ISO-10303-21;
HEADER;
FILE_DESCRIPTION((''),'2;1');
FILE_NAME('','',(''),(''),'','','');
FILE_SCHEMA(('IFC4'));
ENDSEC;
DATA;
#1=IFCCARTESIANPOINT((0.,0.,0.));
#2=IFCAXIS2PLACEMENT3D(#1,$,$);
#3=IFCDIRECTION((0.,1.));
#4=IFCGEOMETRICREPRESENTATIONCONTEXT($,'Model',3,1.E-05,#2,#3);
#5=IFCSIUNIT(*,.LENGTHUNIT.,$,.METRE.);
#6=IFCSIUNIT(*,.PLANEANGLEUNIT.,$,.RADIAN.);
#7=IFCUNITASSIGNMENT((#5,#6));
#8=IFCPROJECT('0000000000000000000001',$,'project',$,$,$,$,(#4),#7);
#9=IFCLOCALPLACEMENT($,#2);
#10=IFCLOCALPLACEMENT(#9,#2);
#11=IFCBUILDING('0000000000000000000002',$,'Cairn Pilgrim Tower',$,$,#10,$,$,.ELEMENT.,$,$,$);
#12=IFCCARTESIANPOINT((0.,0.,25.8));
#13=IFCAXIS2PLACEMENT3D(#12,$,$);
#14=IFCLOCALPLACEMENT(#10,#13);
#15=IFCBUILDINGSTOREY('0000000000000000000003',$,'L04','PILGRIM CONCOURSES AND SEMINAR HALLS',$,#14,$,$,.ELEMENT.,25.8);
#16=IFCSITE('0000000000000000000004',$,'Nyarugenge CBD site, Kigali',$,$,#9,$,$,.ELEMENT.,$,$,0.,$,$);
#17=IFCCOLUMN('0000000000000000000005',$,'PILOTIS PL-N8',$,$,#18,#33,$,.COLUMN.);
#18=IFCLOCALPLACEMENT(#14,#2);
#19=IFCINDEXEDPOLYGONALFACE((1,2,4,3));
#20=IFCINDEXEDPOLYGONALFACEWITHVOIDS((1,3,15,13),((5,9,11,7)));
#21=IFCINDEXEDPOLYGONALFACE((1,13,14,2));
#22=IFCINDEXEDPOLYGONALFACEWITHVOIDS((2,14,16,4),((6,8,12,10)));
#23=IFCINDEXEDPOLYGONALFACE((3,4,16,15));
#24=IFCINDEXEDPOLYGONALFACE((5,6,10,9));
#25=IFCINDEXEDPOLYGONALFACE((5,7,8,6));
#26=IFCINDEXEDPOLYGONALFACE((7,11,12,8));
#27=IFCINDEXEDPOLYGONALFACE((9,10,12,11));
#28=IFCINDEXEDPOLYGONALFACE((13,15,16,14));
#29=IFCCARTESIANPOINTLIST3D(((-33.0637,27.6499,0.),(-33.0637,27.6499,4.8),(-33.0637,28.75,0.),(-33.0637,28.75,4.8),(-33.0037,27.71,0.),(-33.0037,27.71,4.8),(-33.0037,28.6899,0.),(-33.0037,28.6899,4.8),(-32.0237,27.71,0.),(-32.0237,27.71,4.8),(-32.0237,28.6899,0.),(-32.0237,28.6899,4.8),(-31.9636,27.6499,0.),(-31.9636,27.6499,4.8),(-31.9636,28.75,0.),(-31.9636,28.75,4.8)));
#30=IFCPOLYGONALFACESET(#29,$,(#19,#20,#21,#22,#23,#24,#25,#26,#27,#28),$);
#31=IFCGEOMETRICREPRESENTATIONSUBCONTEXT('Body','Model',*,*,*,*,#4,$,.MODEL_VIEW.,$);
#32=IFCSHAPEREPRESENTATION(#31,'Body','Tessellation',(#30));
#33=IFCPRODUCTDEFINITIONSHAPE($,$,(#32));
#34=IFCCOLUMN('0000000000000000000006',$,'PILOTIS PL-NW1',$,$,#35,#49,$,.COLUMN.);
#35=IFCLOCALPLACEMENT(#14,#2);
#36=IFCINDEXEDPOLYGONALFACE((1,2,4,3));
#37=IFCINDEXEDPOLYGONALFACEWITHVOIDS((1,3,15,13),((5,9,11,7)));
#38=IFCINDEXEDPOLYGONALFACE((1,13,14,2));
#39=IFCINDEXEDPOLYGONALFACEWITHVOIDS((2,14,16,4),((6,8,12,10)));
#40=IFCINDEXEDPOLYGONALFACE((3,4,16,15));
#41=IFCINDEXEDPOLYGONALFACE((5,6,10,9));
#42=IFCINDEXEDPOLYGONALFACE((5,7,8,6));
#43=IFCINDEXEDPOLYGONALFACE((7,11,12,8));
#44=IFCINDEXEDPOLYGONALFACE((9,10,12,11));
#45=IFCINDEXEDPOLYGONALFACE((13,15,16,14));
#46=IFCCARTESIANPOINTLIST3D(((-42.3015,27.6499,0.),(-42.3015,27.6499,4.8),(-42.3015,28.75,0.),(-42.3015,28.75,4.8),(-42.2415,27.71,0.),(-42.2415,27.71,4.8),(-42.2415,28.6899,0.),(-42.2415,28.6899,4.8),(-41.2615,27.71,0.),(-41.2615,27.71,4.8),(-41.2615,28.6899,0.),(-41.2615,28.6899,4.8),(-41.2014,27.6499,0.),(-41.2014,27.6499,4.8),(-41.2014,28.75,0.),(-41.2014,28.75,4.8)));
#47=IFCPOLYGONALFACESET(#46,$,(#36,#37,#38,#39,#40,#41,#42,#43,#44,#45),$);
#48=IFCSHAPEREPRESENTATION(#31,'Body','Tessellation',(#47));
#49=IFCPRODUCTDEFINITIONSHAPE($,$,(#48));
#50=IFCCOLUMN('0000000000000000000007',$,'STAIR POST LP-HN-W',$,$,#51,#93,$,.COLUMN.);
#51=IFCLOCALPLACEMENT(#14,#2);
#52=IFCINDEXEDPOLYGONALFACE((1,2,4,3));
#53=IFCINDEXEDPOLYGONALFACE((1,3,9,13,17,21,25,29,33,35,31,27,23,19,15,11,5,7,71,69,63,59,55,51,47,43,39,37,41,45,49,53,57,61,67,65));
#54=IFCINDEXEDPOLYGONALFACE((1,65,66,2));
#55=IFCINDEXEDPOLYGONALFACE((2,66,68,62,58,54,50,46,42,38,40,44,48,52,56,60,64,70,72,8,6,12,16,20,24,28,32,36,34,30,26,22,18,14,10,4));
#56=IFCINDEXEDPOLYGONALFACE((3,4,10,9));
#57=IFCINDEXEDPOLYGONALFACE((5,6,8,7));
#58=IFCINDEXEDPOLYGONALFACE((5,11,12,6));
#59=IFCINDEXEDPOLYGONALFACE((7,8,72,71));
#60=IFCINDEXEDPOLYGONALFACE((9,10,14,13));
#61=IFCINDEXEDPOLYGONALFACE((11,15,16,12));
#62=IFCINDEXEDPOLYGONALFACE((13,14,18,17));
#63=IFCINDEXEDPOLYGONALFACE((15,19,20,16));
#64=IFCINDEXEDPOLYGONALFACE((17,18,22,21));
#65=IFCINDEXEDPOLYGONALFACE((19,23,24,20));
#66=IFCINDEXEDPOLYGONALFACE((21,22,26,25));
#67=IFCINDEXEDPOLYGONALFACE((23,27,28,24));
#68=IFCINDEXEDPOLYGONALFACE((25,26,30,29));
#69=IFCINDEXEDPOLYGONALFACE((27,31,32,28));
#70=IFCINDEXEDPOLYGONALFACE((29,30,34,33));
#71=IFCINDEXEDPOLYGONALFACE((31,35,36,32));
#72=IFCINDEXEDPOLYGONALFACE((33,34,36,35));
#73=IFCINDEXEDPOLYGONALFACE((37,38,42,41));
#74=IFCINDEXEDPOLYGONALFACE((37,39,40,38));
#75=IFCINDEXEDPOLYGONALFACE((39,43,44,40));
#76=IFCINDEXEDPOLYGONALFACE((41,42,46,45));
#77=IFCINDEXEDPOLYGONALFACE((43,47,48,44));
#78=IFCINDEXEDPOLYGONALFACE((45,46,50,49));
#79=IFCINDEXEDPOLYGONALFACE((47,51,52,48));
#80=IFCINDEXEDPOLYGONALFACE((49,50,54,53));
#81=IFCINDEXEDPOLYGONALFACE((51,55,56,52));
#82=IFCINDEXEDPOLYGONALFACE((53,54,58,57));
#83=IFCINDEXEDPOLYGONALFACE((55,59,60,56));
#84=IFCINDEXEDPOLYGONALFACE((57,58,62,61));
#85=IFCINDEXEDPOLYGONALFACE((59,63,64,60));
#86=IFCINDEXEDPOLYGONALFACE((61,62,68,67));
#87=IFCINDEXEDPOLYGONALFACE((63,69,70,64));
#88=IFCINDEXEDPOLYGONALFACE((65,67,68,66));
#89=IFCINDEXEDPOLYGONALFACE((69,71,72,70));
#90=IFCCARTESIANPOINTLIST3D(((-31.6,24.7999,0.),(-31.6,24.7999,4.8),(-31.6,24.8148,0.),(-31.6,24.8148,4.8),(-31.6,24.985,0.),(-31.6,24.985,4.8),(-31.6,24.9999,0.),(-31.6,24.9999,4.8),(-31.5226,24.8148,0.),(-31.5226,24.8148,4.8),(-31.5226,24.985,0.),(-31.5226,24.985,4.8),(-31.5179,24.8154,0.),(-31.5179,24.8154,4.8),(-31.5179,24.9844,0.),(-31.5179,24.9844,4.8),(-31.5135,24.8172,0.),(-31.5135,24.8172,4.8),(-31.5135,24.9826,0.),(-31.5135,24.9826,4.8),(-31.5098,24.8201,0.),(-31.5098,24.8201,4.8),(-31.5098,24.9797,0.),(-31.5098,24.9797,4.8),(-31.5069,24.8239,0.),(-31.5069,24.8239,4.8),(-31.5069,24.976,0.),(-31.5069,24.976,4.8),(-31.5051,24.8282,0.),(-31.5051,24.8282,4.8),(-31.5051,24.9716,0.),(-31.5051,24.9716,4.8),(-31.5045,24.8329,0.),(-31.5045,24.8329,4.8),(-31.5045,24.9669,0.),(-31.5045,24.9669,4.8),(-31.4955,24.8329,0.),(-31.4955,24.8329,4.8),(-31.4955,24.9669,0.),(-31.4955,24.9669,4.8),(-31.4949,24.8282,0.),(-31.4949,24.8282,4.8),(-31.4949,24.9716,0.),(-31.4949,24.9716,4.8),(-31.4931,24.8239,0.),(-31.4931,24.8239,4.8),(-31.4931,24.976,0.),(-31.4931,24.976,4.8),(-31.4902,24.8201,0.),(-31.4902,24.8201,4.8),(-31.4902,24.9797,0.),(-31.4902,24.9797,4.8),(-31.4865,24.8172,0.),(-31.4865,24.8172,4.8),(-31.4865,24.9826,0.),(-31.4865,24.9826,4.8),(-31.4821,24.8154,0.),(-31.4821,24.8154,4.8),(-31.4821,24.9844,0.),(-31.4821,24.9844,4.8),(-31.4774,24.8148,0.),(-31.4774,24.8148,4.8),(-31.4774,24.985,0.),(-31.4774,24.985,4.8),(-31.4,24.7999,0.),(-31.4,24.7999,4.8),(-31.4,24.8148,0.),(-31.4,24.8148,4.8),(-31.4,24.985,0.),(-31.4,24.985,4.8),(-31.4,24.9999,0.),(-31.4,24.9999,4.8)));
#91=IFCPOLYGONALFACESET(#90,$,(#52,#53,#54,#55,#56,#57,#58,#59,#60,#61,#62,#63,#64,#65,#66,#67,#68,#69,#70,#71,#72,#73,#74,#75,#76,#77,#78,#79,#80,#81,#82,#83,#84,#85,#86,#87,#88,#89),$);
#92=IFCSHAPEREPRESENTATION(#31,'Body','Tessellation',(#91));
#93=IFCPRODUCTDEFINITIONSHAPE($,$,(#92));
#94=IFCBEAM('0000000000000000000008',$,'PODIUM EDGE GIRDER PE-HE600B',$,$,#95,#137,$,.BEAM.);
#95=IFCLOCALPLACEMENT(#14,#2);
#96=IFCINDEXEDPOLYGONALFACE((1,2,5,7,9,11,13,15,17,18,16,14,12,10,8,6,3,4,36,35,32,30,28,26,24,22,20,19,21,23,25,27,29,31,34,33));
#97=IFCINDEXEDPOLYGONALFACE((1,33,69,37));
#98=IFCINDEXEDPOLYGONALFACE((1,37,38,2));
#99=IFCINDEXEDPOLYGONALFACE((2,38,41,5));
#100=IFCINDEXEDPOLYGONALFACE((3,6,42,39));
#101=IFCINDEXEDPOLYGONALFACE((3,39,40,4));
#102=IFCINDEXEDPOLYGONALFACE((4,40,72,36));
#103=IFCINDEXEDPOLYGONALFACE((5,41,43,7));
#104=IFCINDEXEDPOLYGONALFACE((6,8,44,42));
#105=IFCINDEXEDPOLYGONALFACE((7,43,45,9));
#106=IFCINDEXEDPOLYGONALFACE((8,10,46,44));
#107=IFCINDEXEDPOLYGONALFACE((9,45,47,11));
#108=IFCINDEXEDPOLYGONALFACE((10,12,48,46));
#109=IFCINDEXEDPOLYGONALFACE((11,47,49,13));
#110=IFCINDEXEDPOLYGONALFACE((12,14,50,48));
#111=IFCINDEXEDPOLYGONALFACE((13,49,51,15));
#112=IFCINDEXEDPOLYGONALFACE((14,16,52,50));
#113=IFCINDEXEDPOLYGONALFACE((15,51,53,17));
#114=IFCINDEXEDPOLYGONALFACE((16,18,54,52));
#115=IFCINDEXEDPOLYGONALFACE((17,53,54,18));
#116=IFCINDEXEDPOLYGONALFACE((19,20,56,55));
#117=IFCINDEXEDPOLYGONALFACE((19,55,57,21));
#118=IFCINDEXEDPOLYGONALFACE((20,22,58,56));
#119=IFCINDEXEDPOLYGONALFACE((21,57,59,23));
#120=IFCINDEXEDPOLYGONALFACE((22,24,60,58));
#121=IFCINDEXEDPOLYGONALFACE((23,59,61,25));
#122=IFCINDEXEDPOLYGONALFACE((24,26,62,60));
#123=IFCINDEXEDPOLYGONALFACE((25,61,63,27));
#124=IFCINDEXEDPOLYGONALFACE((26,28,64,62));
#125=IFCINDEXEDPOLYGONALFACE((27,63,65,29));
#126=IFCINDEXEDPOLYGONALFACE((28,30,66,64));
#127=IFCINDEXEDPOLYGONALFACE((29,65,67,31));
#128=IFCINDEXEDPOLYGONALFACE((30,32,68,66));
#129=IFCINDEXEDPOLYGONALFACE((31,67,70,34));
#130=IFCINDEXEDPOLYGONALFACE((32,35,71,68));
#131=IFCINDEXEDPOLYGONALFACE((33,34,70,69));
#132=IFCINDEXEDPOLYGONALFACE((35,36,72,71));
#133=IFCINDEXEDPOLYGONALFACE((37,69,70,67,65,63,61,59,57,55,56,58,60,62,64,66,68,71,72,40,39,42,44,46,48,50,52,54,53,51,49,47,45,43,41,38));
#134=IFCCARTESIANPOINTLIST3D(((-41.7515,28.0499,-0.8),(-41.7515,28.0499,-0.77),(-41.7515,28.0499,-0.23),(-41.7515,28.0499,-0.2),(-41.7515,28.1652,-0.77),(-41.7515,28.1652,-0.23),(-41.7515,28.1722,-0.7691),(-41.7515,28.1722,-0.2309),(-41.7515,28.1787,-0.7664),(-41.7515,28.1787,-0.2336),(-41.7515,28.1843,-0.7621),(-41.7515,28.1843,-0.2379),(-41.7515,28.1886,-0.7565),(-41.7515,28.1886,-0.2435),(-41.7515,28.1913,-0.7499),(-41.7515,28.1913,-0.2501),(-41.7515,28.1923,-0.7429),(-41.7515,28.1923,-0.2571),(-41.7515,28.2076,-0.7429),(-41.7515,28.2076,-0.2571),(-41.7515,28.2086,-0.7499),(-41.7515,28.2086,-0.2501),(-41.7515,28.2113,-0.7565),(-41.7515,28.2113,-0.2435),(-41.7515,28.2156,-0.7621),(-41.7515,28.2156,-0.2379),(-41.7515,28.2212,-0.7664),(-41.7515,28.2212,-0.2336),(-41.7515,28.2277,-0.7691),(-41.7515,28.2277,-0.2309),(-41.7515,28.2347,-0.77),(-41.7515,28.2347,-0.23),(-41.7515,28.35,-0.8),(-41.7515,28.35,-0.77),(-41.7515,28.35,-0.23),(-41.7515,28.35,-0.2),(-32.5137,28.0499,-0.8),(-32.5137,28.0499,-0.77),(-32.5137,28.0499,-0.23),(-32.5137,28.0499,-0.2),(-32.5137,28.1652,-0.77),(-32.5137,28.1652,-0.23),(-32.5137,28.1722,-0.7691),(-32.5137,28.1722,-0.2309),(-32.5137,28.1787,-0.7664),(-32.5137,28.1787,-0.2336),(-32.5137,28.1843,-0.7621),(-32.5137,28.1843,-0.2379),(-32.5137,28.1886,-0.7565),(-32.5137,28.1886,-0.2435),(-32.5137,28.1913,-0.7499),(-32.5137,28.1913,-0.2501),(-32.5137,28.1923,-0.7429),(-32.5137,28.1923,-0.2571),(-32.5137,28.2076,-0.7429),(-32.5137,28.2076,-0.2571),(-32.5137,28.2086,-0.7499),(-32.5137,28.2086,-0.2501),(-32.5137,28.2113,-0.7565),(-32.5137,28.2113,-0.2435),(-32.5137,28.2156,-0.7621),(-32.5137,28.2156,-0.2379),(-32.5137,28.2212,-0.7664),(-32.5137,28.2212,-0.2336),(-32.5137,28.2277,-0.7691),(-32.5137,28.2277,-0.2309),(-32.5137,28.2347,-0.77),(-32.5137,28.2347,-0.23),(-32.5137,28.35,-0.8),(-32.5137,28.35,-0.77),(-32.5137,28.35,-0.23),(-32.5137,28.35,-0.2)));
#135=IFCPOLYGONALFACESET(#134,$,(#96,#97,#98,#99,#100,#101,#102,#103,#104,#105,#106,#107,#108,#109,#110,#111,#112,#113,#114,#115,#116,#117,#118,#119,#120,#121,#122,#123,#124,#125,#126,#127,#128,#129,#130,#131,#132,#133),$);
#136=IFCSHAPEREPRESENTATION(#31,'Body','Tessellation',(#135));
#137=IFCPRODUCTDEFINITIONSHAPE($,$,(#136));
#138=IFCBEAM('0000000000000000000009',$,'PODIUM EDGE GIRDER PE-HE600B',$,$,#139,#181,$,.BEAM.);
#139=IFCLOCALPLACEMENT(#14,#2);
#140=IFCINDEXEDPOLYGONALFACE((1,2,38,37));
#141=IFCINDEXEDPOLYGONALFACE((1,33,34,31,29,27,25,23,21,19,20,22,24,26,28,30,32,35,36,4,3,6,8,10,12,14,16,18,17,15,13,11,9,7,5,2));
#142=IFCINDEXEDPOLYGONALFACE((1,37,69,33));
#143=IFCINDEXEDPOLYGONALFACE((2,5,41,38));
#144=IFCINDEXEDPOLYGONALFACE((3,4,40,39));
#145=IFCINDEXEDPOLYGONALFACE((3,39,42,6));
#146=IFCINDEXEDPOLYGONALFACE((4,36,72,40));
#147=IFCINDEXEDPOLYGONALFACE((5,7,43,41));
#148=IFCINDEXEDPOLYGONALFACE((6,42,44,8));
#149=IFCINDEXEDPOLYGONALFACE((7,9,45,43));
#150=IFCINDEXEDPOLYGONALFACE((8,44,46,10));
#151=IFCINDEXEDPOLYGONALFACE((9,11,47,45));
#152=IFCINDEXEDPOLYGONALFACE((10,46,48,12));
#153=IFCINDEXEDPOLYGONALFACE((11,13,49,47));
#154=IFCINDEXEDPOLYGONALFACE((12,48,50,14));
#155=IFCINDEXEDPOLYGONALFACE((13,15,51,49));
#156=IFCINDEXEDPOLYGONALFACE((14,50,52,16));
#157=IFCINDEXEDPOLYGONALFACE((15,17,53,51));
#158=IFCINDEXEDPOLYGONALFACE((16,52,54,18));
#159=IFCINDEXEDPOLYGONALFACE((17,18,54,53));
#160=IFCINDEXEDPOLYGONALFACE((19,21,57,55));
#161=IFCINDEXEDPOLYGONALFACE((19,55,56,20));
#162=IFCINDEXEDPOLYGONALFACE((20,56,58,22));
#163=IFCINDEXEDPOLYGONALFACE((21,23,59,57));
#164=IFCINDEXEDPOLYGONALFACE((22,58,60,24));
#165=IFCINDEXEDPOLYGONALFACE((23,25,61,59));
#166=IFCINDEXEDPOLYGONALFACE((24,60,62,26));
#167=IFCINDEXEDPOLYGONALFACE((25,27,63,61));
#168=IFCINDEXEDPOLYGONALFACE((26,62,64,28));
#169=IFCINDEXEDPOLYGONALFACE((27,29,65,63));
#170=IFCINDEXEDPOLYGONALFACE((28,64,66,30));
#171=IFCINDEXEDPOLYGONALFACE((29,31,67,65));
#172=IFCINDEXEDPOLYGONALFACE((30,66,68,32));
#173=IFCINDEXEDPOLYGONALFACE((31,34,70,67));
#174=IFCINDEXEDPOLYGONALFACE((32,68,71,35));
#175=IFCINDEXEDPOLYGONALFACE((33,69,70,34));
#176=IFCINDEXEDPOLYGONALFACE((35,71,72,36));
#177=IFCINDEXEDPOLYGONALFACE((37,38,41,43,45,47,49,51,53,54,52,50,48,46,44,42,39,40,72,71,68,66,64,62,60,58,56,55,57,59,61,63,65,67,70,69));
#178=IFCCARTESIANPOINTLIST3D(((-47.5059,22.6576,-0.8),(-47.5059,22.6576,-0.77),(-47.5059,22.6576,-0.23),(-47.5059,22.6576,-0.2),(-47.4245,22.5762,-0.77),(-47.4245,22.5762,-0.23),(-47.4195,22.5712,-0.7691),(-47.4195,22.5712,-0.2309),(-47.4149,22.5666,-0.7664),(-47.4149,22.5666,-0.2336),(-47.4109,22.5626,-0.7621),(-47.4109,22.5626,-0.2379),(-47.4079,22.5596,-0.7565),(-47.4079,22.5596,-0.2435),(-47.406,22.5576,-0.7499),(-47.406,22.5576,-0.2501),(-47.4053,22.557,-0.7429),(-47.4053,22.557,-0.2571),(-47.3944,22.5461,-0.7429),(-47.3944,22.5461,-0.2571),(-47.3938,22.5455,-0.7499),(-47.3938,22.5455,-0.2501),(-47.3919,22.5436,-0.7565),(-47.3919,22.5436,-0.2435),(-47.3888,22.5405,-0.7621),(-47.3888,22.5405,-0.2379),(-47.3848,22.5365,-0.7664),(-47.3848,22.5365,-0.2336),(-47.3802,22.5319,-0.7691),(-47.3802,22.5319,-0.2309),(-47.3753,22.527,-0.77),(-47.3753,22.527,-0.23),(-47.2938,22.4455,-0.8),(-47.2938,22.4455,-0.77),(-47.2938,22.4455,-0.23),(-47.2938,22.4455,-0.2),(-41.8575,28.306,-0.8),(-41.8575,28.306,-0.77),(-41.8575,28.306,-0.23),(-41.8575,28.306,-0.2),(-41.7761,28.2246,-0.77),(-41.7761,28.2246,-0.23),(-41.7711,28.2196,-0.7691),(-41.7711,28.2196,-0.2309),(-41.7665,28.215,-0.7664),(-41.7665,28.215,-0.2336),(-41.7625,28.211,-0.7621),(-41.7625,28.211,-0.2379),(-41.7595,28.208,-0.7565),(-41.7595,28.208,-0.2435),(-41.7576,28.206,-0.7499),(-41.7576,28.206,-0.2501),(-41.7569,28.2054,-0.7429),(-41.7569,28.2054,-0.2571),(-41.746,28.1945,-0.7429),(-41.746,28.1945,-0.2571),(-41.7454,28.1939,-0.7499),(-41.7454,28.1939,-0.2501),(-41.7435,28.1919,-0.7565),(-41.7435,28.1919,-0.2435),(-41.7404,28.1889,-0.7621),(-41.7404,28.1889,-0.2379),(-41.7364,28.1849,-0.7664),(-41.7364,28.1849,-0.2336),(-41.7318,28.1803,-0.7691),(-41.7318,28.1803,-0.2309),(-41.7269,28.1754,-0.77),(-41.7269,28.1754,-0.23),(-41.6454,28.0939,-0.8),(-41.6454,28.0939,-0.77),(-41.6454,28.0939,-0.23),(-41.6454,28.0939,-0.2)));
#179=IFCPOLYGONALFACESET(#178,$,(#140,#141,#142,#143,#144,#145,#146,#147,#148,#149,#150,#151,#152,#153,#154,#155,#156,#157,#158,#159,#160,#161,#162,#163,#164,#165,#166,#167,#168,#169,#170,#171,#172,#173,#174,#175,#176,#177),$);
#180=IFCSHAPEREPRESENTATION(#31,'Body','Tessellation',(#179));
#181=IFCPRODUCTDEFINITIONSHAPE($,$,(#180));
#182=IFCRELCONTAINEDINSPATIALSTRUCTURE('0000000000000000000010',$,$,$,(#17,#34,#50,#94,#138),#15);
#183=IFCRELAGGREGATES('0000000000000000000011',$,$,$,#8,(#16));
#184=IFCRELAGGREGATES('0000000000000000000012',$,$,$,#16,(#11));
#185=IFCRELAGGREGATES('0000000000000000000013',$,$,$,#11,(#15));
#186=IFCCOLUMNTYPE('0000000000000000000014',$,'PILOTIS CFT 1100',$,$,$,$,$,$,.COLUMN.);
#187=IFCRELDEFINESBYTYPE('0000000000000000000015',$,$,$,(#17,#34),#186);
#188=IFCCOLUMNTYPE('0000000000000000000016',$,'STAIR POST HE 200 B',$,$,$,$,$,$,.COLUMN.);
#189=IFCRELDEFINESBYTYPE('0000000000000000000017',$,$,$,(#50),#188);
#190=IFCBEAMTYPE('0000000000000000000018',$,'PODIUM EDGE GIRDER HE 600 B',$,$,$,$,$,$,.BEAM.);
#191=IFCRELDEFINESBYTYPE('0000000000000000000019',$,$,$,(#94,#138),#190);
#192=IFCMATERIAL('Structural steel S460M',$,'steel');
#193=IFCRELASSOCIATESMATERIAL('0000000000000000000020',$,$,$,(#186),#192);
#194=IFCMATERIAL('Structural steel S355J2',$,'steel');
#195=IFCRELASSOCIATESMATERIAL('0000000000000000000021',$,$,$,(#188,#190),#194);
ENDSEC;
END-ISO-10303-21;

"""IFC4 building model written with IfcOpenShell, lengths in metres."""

from ifc_helpers import new_model, si_unit, direction, frame, origin, origin_2d, place, context, subcontext, project, spatial, hollow_rectangle, i_section, extrude, material, material_profile, profile_set, type_object, element, save


model = new_model("IFC4")

# Units and contexts
model_context = context("Model", 3, precision=1e-05, world=origin(), true_north=direction((0.0, 1.0)))
body_context = subcontext(model_context, "Body", "Model", "MODEL_VIEW")
ifc_project = project(units=[si_unit("LENGTHUNIT", "METRE"), si_unit("PLANEANGLEUNIT", "RADIAN")], contexts=[model_context])

# Site, building, storey
site_placement = place(None, origin())
site = spatial("IfcSite", under=ifc_project, at=site_placement, Name="Nyarugenge CBD site, Kigali", CompositionType="ELEMENT", RefElevation=0.0)
building_placement = place(site_placement, origin())
building = spatial("IfcBuilding", under=site, at=building_placement, Name="Cairn Pilgrim Tower", CompositionType="ELEMENT")
storey_placement = place(building_placement, frame((0.0, 0.0, 25.8)))
storey = spatial("IfcBuildingStorey", under=building, at=storey_placement, Name="L04", Description="PILGRIM CONCOURSES AND SEMINAR HALLS", CompositionType="ELEMENT", Elevation=25.8)

# Columns
ifc_material_1 = material(Name="Structural steel S460M", Category="steel")
ifc_material_profile_1 = material_profile(ifc_material_1, hollow_rectangle(XDim=1.1001, YDim=1.1001, WallThickness=0.0601, at=origin_2d()), Name="BOX 1100x1100x60")
ifc_profile_set_1 = profile_set([ifc_material_profile_1], Name="Structural steel S460M")
column_type_1 = type_object("IfcColumnType", Name="PILOTIS CFT 1100", PredefinedType="COLUMN", material=ifc_profile_set_1)
for number, where, z_axis, x_axis, name in (
    (1, (-32.5137, 28.2, 0.0), (0.0, 0.0, 1.0), (1.0, 0.0, 0.0), "PILOTIS PL-N8"),
    (2, (-41.7515, 28.2, 0.0), (0.0, 0.0, 1.0), (1.0, 0.0, 0.0), "PILOTIS PL-NW1"),
):
    element("IfcColumn", number, at=place(storey_placement, frame(where, z_axis=z_axis, x_axis=x_axis)), inside=storey, type_object=column_type_1, Name=name, PredefinedType="COLUMN", context=body_context, shape_type="SweptSolid", body=[
        extrude(hollow_rectangle(XDim=1.1001, YDim=1.1001, WallThickness=0.0601, at=origin_2d()), origin(), (0.0, 0.0, 1.0), 4.8),
    ])
ifc_material_2 = material(Name="Structural steel S355J2", Category="steel")
ifc_material_profile_2 = material_profile(ifc_material_2, i_section(OverallWidth=0.2, OverallDepth=0.2, WebThickness=0.009, FlangeThickness=0.0149, FilletRadius=0.0181, at=origin_2d()), Name="HE 200 B")
ifc_profile_set_2 = profile_set([ifc_material_profile_2], Name="Structural steel S355J2")
column_type_2 = type_object("IfcColumnType", Name="STAIR POST HE 200 B", PredefinedType="COLUMN", material=ifc_profile_set_2)
column_placement = place(storey_placement, frame((-31.5, 24.8999, 0.0), z_axis=(0.0, 0.0, 1.0), x_axis=(1.0, 0.0, 0.0)))
element("IfcColumn", 3, at=column_placement, inside=storey, type_object=column_type_2, Name="STAIR POST LP-HN-W", PredefinedType="COLUMN", context=body_context, shape_type="SweptSolid", body=[
    extrude(i_section(OverallWidth=0.2, OverallDepth=0.2, WebThickness=0.009, FlangeThickness=0.0149, FilletRadius=0.0181, at=origin_2d()), origin(), (0.0, 0.0, 1.0), 4.8),
])

# Beams
ifc_material_profile_3 = material_profile(ifc_material_2, i_section(OverallWidth=0.3, OverallDepth=0.6001, WebThickness=0.0154, FlangeThickness=0.03, FilletRadius=0.0271, at=origin_2d()), Name="HEB 600")
ifc_profile_set_3 = profile_set([ifc_material_profile_3], Name="Structural steel S355J2")
beam_type_1 = type_object("IfcBeamType", Name="PODIUM EDGE GIRDER HE 600 B", PredefinedType="BEAM", material=ifc_profile_set_3)
beam_1_placement = place(storey_placement, frame((-32.5137, 28.2, -0.5), z_axis=(-1.0, 0.0, 0.0), x_axis=(0.0, -1.0, 0.0)))
element("IfcBeam", 4, at=beam_1_placement, inside=storey, type_object=beam_type_1, Name="PODIUM EDGE GIRDER PE-HE600B", PredefinedType="BEAM", context=body_context, shape_type="SweptSolid", body=[
    extrude(i_section(OverallWidth=0.3, OverallDepth=0.6001, WebThickness=0.0154, FlangeThickness=0.03, FilletRadius=0.0271, at=origin_2d()), origin(), (0.0, 0.0, 1.0), 9.2378),
])
beam_2_placement = place(storey_placement, frame((-41.7515, 28.2, -0.5), z_axis=(-0.707107, -0.707107, 0.0), x_axis=(0.707107, -0.707107, 0.0)))
element("IfcBeam", 5, at=beam_2_placement, inside=storey, type_object=beam_type_1, Name="PODIUM EDGE GIRDER PE-HE600B", PredefinedType="BEAM", context=body_context, shape_type="SweptSolid", body=[
    extrude(i_section(OverallWidth=0.3, OverallDepth=0.6001, WebThickness=0.0154, FlangeThickness=0.03, FilletRadius=0.0271, at=origin_2d()), origin(), (0.0, 0.0, 1.0), 7.988),
])

save(model, "model.ifc")
